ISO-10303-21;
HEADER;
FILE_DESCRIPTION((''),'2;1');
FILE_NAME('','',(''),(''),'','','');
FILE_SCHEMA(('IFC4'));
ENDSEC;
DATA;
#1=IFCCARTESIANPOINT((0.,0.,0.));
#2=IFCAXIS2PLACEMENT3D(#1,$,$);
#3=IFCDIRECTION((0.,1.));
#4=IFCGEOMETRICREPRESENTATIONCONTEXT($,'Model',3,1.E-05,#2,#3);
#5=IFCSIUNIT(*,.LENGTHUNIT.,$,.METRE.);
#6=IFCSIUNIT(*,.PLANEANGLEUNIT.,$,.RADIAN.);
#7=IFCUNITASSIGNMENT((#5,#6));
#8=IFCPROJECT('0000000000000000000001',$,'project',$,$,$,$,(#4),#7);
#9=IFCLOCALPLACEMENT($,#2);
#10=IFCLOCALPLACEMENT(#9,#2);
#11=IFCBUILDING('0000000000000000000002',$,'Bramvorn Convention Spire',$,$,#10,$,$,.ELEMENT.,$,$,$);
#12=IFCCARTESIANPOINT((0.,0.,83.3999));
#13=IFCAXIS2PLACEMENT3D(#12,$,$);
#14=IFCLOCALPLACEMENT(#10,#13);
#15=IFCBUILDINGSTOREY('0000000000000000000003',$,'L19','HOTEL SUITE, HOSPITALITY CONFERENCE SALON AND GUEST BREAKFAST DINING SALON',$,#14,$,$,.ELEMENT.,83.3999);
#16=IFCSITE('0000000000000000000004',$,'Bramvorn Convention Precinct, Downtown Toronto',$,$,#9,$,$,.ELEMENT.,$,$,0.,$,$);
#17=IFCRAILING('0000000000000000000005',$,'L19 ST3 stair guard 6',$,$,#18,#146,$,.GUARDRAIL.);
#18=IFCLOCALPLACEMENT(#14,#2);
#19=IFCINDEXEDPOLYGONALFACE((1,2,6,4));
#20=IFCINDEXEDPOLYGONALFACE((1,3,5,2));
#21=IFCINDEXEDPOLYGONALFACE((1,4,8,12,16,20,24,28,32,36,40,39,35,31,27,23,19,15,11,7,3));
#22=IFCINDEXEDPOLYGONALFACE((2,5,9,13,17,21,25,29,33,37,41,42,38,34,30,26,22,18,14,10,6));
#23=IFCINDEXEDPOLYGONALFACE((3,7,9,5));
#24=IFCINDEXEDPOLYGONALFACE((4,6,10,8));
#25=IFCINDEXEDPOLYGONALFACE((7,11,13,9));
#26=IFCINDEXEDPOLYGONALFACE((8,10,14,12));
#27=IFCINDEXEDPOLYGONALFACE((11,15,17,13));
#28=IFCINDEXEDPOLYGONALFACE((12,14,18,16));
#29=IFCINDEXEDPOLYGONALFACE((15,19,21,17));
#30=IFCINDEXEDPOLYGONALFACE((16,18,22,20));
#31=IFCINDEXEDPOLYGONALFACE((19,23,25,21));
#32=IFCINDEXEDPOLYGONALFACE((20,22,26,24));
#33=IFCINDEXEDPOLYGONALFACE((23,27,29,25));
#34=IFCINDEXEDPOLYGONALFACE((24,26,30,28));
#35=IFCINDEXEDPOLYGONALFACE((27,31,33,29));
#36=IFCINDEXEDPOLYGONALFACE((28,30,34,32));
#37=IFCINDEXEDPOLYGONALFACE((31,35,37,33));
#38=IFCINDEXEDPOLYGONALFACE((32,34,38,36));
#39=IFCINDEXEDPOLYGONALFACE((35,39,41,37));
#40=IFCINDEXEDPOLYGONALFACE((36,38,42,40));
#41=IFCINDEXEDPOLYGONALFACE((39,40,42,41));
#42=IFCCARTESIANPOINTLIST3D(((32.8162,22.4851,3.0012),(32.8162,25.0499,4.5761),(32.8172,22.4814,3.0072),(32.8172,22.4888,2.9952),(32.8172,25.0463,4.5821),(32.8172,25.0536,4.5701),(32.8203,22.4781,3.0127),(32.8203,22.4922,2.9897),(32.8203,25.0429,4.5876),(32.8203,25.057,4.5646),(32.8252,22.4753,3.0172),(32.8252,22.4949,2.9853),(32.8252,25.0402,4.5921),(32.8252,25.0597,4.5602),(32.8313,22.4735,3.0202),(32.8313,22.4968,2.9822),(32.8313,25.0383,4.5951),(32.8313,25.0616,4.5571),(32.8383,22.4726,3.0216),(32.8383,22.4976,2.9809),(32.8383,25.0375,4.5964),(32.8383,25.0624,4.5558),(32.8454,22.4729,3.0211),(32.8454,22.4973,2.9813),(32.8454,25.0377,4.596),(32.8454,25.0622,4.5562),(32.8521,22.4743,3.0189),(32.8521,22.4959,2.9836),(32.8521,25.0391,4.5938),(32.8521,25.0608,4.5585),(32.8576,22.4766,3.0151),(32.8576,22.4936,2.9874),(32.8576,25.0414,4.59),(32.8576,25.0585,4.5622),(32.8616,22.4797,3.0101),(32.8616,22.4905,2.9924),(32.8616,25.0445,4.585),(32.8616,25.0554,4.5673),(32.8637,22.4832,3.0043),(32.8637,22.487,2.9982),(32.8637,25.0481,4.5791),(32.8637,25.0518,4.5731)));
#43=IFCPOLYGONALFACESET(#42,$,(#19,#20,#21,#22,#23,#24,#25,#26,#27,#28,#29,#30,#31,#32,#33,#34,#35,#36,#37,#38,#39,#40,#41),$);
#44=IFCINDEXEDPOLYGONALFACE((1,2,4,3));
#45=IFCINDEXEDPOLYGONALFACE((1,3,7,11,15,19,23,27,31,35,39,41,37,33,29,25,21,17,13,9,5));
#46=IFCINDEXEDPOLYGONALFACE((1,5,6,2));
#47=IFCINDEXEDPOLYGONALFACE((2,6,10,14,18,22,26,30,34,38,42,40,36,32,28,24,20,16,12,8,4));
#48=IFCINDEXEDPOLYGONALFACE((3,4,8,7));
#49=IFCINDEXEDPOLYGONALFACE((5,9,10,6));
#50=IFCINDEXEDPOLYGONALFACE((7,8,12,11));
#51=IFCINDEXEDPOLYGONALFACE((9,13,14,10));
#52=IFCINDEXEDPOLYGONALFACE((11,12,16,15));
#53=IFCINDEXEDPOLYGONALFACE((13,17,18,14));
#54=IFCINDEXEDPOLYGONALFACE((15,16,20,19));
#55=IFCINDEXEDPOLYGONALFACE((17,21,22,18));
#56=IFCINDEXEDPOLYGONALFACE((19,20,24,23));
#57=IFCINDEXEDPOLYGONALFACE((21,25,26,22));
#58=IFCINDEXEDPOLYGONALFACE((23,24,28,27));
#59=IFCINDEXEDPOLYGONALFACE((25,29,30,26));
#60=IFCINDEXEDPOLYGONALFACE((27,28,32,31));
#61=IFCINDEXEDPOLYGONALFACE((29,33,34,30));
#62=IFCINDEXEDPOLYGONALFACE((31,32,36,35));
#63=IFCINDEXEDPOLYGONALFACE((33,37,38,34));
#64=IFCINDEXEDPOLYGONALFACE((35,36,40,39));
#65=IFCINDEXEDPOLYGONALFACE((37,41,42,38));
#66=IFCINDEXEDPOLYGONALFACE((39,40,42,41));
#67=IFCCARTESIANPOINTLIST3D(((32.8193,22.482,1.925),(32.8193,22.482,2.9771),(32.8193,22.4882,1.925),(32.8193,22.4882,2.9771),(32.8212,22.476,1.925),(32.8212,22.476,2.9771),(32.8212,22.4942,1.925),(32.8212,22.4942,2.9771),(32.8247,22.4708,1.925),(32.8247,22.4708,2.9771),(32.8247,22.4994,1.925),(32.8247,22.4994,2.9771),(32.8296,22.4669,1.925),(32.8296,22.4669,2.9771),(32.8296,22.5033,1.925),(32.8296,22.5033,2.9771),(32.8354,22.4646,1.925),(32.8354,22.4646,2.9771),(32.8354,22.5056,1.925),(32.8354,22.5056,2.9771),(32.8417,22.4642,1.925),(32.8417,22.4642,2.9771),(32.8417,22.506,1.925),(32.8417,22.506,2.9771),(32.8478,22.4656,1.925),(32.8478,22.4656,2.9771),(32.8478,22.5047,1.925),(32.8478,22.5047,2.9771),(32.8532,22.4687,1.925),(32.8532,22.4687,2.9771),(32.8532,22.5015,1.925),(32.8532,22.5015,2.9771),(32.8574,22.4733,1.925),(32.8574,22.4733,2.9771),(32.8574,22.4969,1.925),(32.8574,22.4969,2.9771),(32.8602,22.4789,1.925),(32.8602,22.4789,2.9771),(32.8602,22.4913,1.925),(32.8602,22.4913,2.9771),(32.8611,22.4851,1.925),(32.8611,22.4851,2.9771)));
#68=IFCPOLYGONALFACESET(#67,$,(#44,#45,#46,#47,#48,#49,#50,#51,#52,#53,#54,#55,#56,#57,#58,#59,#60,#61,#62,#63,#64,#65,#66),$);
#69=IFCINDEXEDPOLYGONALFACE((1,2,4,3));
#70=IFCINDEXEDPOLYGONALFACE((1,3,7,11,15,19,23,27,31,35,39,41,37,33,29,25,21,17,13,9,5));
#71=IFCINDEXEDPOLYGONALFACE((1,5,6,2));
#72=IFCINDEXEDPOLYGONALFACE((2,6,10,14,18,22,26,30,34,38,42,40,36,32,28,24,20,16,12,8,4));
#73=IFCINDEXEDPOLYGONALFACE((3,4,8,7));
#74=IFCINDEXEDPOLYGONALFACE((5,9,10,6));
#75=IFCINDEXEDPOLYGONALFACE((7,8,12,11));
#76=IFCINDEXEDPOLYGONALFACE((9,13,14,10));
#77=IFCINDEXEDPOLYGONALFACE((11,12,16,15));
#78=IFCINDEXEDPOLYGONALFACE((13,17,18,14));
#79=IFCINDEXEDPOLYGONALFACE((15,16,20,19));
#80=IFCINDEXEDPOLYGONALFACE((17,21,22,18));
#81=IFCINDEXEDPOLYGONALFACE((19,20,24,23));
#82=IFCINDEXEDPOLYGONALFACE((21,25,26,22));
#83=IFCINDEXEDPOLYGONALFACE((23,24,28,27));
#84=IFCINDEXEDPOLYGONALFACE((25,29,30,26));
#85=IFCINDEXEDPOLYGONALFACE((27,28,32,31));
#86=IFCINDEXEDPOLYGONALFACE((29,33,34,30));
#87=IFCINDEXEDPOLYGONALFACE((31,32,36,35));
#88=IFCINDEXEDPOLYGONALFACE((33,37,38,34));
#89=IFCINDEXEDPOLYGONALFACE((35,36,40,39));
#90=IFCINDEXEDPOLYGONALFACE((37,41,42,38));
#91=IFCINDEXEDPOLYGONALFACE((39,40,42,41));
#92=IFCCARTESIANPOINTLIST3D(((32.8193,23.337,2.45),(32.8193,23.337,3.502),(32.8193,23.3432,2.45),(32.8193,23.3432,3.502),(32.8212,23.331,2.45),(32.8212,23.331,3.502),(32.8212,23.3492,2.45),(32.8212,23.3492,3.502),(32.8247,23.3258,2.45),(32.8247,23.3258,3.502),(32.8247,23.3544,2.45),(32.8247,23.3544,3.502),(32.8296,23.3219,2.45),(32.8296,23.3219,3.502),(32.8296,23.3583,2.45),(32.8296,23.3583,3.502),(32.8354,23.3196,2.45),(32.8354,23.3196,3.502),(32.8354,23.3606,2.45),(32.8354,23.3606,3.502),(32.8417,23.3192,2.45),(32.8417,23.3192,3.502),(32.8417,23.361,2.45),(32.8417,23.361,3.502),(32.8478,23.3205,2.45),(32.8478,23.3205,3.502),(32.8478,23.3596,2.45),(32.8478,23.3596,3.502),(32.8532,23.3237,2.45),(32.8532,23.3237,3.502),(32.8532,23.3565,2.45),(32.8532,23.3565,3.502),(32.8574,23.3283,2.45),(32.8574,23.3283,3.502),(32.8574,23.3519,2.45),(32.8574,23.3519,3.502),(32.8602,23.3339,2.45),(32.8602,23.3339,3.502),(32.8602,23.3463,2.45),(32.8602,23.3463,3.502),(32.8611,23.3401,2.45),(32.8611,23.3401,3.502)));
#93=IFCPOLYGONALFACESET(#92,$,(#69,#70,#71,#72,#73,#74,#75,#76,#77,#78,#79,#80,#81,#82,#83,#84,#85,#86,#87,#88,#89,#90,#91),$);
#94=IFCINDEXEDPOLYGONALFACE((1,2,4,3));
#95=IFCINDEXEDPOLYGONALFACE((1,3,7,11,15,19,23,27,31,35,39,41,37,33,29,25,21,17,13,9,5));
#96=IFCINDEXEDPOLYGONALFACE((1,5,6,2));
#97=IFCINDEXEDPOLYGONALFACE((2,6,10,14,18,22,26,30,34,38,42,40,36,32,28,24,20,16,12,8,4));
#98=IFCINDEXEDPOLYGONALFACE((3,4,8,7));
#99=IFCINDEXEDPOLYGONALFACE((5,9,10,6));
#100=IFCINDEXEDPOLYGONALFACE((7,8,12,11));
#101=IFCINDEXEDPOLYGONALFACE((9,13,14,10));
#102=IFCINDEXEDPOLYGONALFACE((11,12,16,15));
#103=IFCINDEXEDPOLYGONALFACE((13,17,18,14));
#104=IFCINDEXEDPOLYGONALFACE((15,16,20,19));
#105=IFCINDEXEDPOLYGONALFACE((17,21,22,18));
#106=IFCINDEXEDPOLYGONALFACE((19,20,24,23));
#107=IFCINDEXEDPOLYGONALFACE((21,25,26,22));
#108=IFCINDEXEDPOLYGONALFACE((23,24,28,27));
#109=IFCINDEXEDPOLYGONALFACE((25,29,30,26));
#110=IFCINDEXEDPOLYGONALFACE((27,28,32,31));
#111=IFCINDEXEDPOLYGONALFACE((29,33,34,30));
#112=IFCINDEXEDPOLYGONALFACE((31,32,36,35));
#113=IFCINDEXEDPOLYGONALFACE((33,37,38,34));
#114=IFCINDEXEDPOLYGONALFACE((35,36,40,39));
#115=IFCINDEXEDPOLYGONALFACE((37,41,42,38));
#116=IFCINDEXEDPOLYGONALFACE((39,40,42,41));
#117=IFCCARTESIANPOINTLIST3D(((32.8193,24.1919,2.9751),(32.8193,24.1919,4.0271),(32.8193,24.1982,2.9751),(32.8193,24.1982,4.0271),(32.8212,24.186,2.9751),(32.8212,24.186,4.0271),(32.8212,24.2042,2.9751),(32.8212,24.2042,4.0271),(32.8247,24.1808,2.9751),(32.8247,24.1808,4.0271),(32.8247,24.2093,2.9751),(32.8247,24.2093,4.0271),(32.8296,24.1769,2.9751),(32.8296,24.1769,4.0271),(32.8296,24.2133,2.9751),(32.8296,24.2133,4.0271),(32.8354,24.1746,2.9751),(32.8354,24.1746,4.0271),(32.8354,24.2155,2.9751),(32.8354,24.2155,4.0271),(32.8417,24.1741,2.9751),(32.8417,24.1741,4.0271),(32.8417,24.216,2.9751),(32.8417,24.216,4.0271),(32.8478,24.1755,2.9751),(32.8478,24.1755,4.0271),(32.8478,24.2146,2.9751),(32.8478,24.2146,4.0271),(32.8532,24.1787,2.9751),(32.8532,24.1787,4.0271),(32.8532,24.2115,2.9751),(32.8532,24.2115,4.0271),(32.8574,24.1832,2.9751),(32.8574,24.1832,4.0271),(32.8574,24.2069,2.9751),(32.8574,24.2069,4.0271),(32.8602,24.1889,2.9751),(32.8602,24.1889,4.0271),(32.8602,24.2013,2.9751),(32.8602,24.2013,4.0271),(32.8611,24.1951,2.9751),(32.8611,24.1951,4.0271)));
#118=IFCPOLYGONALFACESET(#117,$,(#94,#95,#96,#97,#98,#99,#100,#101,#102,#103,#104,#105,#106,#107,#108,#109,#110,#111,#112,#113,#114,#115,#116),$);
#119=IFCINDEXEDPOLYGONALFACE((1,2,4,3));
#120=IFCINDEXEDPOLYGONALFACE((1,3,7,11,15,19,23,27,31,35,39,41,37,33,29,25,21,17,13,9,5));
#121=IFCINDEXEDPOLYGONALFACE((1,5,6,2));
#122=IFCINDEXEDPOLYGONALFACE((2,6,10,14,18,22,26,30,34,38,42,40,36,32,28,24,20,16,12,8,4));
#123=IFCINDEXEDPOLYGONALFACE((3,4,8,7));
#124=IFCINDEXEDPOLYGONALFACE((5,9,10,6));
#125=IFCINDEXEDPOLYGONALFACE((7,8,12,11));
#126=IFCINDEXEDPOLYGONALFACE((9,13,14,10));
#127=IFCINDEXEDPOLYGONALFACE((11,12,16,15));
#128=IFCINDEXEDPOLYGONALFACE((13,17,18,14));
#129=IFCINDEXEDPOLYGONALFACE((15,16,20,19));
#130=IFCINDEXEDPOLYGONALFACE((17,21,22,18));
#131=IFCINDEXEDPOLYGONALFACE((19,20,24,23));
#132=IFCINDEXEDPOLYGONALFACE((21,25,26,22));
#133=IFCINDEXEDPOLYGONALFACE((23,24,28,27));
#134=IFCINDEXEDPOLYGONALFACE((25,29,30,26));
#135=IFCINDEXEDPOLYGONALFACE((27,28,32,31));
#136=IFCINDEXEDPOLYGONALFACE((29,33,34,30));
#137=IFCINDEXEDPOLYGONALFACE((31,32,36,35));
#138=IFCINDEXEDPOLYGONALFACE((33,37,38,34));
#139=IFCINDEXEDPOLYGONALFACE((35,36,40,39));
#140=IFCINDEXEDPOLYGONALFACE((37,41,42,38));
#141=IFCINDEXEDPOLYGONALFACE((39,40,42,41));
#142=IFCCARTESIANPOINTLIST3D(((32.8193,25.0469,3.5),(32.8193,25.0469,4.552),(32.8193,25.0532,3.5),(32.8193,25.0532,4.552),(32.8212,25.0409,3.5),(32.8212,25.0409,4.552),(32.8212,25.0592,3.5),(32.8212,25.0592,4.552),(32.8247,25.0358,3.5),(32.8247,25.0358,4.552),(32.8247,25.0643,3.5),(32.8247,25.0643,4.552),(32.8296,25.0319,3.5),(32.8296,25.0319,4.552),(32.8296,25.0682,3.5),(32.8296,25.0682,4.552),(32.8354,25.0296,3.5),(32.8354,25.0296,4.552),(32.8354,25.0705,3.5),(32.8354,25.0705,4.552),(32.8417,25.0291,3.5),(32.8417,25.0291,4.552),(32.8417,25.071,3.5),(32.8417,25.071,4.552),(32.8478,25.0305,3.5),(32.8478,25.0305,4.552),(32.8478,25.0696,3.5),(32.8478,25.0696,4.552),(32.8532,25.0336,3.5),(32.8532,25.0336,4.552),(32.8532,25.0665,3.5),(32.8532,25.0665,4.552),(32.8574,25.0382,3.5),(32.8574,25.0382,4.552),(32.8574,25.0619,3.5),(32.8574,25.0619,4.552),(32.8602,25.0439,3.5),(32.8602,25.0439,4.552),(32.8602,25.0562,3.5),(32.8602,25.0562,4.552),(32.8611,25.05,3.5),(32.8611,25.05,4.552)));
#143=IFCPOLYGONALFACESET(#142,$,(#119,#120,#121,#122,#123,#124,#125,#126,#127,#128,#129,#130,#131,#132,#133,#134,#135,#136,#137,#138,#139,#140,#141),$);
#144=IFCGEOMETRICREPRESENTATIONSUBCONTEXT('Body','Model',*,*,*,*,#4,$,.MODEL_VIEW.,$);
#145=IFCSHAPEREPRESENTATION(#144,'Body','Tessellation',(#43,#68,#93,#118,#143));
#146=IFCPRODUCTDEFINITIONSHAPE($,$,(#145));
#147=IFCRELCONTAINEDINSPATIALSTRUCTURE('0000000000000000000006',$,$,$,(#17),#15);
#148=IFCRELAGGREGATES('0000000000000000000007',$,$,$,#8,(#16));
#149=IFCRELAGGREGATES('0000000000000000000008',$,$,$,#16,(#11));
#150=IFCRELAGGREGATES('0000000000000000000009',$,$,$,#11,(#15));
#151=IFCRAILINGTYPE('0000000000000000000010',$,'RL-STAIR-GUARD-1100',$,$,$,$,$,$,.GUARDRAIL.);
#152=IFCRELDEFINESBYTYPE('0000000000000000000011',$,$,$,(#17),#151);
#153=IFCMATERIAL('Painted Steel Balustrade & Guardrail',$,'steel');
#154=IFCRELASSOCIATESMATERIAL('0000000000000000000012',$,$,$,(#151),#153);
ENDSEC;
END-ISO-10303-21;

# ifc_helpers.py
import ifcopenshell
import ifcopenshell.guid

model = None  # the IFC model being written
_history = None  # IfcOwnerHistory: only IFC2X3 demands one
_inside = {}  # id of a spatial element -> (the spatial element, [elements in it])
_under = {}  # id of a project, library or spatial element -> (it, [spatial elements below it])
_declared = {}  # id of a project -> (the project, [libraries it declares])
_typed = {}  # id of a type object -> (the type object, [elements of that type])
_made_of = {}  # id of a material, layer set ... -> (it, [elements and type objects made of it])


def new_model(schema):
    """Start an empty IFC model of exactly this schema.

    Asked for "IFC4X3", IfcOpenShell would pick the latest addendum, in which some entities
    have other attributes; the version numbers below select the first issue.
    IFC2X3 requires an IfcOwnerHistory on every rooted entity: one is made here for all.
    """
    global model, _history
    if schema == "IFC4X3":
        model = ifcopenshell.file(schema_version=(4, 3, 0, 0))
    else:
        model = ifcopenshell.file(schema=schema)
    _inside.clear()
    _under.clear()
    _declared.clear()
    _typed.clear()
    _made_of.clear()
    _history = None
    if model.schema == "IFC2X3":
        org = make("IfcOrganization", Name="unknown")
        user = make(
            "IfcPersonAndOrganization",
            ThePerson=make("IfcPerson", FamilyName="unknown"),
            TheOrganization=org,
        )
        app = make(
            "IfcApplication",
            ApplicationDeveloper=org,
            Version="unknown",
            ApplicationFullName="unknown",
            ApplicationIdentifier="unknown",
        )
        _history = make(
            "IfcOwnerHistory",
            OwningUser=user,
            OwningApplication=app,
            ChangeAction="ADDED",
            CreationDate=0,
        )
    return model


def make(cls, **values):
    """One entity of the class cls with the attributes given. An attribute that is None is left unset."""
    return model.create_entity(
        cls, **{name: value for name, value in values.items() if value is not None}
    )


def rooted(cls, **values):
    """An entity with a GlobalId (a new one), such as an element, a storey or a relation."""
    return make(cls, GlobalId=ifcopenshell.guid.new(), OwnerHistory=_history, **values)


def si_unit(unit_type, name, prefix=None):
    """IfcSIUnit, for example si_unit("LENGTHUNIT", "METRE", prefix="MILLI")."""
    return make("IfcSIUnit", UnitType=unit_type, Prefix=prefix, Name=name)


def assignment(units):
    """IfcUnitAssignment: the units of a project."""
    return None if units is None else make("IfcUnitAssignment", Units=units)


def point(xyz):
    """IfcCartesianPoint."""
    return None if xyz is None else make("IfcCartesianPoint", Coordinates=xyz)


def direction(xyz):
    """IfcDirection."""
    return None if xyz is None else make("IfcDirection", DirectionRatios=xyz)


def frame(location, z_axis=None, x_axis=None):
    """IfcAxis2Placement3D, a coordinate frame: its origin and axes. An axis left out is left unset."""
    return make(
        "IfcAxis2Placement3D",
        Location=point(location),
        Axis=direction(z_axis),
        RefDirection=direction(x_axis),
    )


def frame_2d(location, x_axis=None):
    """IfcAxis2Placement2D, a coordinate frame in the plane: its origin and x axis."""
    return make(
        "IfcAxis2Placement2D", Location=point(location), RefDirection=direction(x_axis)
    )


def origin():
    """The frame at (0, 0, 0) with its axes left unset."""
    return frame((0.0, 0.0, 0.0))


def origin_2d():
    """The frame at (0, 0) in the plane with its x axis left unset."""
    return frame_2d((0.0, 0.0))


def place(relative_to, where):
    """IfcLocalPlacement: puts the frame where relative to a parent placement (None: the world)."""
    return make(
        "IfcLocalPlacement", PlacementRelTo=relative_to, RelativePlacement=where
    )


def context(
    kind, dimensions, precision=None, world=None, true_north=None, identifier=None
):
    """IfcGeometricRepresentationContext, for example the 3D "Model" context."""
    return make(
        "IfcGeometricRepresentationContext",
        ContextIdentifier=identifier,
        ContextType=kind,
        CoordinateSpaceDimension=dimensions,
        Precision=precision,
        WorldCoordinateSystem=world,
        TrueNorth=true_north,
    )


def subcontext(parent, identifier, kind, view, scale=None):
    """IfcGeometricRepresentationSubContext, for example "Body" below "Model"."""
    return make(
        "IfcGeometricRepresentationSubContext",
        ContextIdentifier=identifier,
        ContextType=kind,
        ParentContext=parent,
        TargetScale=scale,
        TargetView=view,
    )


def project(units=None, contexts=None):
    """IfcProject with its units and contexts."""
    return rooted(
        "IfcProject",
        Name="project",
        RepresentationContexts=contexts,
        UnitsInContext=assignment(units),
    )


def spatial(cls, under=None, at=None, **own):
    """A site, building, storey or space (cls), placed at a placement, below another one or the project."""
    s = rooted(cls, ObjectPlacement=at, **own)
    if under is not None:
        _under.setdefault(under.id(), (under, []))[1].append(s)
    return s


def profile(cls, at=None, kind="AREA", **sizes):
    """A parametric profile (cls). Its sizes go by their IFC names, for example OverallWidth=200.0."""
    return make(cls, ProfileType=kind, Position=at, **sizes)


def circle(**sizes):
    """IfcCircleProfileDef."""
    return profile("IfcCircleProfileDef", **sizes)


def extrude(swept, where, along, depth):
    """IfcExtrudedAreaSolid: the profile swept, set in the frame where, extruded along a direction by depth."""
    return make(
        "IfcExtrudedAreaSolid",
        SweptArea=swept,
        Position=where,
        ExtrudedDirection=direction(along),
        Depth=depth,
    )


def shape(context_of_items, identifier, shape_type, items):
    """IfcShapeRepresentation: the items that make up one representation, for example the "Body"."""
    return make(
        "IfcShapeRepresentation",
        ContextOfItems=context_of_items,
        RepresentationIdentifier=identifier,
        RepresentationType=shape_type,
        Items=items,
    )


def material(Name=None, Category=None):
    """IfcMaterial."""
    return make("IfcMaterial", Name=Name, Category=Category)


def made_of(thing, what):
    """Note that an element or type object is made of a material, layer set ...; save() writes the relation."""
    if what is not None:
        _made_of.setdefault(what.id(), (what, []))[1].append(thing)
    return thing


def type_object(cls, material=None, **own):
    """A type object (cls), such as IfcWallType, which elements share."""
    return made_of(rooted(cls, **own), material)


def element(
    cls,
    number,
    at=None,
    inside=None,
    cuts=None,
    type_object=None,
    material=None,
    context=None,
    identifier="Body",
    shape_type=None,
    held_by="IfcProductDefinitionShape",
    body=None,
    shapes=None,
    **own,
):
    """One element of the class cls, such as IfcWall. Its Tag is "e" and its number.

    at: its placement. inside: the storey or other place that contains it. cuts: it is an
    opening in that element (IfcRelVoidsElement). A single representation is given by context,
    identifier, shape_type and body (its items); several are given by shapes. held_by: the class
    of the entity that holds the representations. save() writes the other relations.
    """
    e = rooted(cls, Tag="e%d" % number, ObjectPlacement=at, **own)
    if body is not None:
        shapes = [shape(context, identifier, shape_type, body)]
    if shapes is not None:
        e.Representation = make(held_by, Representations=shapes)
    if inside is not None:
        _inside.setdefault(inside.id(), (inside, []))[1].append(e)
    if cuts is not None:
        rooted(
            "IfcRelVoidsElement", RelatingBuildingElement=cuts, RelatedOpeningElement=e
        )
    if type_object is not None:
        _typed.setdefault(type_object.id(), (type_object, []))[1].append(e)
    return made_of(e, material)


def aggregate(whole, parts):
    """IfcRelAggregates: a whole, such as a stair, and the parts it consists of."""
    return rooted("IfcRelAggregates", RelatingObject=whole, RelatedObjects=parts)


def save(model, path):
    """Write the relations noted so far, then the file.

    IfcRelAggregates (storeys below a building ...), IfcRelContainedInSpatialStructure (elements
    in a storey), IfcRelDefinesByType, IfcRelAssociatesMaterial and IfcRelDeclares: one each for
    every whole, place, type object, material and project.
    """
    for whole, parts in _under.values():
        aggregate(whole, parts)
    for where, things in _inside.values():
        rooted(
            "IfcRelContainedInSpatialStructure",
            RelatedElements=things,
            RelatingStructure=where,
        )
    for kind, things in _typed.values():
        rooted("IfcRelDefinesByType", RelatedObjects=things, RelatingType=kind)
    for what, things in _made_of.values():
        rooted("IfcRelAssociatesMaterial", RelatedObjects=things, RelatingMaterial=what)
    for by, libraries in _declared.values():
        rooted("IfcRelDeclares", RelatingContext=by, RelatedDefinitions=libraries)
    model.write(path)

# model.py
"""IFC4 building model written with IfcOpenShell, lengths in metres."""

from ifc_helpers import new_model, si_unit, direction, frame, origin, origin_2d, place, context, subcontext, project, spatial, circle, extrude, material, type_object, element, save


model = new_model("IFC4")

# Units and contexts
model_context = context("Model", 3, precision=1e-05, world=origin(), true_north=direction((0.0, 1.0)))
body_context = subcontext(model_context, "Body", "Model", "MODEL_VIEW")
ifc_project = project(units=[si_unit("LENGTHUNIT", "METRE"), si_unit("PLANEANGLEUNIT", "RADIAN")], contexts=[model_context])

# Site, building, storey
site_placement = place(None, origin())
site = spatial("IfcSite", under=ifc_project, at=site_placement, Name="Bramvorn Convention Precinct, Downtown Toronto", CompositionType="ELEMENT", RefElevation=0.0)
building_placement = place(site_placement, origin())
building = spatial("IfcBuilding", under=site, at=building_placement, Name="Bramvorn Convention Spire", CompositionType="ELEMENT")
storey_placement = place(building_placement, frame((0.0, 0.0, 83.3999)))
storey = spatial("IfcBuildingStorey", under=building, at=storey_placement, Name="L19", Description="HOTEL SUITE, HOSPITALITY CONFERENCE SALON AND GUEST BREAKFAST DINING SALON", CompositionType="ELEMENT", Elevation=83.3999)

# Railing
ifc_material_1 = material(Name="Painted Steel Balustrade & Guardrail", Category="steel")
railing_type_1 = type_object("IfcRailingType", Name="RL-STAIR-GUARD-1100", PredefinedType="GUARDRAIL", material=ifc_material_1)
railing_1_placement = place(storey_placement, frame((32.8401, 22.4851, 1.925)))
element("IfcRailing", 1, at=railing_1_placement, inside=storey, type_object=railing_type_1, Name="L19 ST3 stair guard 6", PredefinedType="GUARDRAIL", context=body_context, shape_type="SweptSolid", body=[
    extrude(circle(Radius=0.0239, at=origin_2d()), frame((0.0, 0.0, 1.0762), z_axis=(0.0, 0.852173, 0.52326), x_axis=(-1.0, 0.0, 0.0)), (0.0, 0.0, 1.0), 3.0098),
    extrude(circle(Radius=0.021, at=origin_2d()), origin(), (0.0, 0.0, 1.0), 1.052),
    extrude(circle(Radius=0.021, at=origin_2d()), frame((0.0, 0.855, 0.5249)), (0.0, 0.0, 1.0), 1.052),
    extrude(circle(Radius=0.021, at=origin_2d()), frame((0.0, 1.71, 1.05)), (0.0, 0.0, 1.0), 1.052),
    extrude(circle(Radius=0.021, at=origin_2d()), frame((0.0, 2.5649, 1.575)), (0.0, 0.0, 1.0), 1.052),
])

save(model, "model.ifc")
